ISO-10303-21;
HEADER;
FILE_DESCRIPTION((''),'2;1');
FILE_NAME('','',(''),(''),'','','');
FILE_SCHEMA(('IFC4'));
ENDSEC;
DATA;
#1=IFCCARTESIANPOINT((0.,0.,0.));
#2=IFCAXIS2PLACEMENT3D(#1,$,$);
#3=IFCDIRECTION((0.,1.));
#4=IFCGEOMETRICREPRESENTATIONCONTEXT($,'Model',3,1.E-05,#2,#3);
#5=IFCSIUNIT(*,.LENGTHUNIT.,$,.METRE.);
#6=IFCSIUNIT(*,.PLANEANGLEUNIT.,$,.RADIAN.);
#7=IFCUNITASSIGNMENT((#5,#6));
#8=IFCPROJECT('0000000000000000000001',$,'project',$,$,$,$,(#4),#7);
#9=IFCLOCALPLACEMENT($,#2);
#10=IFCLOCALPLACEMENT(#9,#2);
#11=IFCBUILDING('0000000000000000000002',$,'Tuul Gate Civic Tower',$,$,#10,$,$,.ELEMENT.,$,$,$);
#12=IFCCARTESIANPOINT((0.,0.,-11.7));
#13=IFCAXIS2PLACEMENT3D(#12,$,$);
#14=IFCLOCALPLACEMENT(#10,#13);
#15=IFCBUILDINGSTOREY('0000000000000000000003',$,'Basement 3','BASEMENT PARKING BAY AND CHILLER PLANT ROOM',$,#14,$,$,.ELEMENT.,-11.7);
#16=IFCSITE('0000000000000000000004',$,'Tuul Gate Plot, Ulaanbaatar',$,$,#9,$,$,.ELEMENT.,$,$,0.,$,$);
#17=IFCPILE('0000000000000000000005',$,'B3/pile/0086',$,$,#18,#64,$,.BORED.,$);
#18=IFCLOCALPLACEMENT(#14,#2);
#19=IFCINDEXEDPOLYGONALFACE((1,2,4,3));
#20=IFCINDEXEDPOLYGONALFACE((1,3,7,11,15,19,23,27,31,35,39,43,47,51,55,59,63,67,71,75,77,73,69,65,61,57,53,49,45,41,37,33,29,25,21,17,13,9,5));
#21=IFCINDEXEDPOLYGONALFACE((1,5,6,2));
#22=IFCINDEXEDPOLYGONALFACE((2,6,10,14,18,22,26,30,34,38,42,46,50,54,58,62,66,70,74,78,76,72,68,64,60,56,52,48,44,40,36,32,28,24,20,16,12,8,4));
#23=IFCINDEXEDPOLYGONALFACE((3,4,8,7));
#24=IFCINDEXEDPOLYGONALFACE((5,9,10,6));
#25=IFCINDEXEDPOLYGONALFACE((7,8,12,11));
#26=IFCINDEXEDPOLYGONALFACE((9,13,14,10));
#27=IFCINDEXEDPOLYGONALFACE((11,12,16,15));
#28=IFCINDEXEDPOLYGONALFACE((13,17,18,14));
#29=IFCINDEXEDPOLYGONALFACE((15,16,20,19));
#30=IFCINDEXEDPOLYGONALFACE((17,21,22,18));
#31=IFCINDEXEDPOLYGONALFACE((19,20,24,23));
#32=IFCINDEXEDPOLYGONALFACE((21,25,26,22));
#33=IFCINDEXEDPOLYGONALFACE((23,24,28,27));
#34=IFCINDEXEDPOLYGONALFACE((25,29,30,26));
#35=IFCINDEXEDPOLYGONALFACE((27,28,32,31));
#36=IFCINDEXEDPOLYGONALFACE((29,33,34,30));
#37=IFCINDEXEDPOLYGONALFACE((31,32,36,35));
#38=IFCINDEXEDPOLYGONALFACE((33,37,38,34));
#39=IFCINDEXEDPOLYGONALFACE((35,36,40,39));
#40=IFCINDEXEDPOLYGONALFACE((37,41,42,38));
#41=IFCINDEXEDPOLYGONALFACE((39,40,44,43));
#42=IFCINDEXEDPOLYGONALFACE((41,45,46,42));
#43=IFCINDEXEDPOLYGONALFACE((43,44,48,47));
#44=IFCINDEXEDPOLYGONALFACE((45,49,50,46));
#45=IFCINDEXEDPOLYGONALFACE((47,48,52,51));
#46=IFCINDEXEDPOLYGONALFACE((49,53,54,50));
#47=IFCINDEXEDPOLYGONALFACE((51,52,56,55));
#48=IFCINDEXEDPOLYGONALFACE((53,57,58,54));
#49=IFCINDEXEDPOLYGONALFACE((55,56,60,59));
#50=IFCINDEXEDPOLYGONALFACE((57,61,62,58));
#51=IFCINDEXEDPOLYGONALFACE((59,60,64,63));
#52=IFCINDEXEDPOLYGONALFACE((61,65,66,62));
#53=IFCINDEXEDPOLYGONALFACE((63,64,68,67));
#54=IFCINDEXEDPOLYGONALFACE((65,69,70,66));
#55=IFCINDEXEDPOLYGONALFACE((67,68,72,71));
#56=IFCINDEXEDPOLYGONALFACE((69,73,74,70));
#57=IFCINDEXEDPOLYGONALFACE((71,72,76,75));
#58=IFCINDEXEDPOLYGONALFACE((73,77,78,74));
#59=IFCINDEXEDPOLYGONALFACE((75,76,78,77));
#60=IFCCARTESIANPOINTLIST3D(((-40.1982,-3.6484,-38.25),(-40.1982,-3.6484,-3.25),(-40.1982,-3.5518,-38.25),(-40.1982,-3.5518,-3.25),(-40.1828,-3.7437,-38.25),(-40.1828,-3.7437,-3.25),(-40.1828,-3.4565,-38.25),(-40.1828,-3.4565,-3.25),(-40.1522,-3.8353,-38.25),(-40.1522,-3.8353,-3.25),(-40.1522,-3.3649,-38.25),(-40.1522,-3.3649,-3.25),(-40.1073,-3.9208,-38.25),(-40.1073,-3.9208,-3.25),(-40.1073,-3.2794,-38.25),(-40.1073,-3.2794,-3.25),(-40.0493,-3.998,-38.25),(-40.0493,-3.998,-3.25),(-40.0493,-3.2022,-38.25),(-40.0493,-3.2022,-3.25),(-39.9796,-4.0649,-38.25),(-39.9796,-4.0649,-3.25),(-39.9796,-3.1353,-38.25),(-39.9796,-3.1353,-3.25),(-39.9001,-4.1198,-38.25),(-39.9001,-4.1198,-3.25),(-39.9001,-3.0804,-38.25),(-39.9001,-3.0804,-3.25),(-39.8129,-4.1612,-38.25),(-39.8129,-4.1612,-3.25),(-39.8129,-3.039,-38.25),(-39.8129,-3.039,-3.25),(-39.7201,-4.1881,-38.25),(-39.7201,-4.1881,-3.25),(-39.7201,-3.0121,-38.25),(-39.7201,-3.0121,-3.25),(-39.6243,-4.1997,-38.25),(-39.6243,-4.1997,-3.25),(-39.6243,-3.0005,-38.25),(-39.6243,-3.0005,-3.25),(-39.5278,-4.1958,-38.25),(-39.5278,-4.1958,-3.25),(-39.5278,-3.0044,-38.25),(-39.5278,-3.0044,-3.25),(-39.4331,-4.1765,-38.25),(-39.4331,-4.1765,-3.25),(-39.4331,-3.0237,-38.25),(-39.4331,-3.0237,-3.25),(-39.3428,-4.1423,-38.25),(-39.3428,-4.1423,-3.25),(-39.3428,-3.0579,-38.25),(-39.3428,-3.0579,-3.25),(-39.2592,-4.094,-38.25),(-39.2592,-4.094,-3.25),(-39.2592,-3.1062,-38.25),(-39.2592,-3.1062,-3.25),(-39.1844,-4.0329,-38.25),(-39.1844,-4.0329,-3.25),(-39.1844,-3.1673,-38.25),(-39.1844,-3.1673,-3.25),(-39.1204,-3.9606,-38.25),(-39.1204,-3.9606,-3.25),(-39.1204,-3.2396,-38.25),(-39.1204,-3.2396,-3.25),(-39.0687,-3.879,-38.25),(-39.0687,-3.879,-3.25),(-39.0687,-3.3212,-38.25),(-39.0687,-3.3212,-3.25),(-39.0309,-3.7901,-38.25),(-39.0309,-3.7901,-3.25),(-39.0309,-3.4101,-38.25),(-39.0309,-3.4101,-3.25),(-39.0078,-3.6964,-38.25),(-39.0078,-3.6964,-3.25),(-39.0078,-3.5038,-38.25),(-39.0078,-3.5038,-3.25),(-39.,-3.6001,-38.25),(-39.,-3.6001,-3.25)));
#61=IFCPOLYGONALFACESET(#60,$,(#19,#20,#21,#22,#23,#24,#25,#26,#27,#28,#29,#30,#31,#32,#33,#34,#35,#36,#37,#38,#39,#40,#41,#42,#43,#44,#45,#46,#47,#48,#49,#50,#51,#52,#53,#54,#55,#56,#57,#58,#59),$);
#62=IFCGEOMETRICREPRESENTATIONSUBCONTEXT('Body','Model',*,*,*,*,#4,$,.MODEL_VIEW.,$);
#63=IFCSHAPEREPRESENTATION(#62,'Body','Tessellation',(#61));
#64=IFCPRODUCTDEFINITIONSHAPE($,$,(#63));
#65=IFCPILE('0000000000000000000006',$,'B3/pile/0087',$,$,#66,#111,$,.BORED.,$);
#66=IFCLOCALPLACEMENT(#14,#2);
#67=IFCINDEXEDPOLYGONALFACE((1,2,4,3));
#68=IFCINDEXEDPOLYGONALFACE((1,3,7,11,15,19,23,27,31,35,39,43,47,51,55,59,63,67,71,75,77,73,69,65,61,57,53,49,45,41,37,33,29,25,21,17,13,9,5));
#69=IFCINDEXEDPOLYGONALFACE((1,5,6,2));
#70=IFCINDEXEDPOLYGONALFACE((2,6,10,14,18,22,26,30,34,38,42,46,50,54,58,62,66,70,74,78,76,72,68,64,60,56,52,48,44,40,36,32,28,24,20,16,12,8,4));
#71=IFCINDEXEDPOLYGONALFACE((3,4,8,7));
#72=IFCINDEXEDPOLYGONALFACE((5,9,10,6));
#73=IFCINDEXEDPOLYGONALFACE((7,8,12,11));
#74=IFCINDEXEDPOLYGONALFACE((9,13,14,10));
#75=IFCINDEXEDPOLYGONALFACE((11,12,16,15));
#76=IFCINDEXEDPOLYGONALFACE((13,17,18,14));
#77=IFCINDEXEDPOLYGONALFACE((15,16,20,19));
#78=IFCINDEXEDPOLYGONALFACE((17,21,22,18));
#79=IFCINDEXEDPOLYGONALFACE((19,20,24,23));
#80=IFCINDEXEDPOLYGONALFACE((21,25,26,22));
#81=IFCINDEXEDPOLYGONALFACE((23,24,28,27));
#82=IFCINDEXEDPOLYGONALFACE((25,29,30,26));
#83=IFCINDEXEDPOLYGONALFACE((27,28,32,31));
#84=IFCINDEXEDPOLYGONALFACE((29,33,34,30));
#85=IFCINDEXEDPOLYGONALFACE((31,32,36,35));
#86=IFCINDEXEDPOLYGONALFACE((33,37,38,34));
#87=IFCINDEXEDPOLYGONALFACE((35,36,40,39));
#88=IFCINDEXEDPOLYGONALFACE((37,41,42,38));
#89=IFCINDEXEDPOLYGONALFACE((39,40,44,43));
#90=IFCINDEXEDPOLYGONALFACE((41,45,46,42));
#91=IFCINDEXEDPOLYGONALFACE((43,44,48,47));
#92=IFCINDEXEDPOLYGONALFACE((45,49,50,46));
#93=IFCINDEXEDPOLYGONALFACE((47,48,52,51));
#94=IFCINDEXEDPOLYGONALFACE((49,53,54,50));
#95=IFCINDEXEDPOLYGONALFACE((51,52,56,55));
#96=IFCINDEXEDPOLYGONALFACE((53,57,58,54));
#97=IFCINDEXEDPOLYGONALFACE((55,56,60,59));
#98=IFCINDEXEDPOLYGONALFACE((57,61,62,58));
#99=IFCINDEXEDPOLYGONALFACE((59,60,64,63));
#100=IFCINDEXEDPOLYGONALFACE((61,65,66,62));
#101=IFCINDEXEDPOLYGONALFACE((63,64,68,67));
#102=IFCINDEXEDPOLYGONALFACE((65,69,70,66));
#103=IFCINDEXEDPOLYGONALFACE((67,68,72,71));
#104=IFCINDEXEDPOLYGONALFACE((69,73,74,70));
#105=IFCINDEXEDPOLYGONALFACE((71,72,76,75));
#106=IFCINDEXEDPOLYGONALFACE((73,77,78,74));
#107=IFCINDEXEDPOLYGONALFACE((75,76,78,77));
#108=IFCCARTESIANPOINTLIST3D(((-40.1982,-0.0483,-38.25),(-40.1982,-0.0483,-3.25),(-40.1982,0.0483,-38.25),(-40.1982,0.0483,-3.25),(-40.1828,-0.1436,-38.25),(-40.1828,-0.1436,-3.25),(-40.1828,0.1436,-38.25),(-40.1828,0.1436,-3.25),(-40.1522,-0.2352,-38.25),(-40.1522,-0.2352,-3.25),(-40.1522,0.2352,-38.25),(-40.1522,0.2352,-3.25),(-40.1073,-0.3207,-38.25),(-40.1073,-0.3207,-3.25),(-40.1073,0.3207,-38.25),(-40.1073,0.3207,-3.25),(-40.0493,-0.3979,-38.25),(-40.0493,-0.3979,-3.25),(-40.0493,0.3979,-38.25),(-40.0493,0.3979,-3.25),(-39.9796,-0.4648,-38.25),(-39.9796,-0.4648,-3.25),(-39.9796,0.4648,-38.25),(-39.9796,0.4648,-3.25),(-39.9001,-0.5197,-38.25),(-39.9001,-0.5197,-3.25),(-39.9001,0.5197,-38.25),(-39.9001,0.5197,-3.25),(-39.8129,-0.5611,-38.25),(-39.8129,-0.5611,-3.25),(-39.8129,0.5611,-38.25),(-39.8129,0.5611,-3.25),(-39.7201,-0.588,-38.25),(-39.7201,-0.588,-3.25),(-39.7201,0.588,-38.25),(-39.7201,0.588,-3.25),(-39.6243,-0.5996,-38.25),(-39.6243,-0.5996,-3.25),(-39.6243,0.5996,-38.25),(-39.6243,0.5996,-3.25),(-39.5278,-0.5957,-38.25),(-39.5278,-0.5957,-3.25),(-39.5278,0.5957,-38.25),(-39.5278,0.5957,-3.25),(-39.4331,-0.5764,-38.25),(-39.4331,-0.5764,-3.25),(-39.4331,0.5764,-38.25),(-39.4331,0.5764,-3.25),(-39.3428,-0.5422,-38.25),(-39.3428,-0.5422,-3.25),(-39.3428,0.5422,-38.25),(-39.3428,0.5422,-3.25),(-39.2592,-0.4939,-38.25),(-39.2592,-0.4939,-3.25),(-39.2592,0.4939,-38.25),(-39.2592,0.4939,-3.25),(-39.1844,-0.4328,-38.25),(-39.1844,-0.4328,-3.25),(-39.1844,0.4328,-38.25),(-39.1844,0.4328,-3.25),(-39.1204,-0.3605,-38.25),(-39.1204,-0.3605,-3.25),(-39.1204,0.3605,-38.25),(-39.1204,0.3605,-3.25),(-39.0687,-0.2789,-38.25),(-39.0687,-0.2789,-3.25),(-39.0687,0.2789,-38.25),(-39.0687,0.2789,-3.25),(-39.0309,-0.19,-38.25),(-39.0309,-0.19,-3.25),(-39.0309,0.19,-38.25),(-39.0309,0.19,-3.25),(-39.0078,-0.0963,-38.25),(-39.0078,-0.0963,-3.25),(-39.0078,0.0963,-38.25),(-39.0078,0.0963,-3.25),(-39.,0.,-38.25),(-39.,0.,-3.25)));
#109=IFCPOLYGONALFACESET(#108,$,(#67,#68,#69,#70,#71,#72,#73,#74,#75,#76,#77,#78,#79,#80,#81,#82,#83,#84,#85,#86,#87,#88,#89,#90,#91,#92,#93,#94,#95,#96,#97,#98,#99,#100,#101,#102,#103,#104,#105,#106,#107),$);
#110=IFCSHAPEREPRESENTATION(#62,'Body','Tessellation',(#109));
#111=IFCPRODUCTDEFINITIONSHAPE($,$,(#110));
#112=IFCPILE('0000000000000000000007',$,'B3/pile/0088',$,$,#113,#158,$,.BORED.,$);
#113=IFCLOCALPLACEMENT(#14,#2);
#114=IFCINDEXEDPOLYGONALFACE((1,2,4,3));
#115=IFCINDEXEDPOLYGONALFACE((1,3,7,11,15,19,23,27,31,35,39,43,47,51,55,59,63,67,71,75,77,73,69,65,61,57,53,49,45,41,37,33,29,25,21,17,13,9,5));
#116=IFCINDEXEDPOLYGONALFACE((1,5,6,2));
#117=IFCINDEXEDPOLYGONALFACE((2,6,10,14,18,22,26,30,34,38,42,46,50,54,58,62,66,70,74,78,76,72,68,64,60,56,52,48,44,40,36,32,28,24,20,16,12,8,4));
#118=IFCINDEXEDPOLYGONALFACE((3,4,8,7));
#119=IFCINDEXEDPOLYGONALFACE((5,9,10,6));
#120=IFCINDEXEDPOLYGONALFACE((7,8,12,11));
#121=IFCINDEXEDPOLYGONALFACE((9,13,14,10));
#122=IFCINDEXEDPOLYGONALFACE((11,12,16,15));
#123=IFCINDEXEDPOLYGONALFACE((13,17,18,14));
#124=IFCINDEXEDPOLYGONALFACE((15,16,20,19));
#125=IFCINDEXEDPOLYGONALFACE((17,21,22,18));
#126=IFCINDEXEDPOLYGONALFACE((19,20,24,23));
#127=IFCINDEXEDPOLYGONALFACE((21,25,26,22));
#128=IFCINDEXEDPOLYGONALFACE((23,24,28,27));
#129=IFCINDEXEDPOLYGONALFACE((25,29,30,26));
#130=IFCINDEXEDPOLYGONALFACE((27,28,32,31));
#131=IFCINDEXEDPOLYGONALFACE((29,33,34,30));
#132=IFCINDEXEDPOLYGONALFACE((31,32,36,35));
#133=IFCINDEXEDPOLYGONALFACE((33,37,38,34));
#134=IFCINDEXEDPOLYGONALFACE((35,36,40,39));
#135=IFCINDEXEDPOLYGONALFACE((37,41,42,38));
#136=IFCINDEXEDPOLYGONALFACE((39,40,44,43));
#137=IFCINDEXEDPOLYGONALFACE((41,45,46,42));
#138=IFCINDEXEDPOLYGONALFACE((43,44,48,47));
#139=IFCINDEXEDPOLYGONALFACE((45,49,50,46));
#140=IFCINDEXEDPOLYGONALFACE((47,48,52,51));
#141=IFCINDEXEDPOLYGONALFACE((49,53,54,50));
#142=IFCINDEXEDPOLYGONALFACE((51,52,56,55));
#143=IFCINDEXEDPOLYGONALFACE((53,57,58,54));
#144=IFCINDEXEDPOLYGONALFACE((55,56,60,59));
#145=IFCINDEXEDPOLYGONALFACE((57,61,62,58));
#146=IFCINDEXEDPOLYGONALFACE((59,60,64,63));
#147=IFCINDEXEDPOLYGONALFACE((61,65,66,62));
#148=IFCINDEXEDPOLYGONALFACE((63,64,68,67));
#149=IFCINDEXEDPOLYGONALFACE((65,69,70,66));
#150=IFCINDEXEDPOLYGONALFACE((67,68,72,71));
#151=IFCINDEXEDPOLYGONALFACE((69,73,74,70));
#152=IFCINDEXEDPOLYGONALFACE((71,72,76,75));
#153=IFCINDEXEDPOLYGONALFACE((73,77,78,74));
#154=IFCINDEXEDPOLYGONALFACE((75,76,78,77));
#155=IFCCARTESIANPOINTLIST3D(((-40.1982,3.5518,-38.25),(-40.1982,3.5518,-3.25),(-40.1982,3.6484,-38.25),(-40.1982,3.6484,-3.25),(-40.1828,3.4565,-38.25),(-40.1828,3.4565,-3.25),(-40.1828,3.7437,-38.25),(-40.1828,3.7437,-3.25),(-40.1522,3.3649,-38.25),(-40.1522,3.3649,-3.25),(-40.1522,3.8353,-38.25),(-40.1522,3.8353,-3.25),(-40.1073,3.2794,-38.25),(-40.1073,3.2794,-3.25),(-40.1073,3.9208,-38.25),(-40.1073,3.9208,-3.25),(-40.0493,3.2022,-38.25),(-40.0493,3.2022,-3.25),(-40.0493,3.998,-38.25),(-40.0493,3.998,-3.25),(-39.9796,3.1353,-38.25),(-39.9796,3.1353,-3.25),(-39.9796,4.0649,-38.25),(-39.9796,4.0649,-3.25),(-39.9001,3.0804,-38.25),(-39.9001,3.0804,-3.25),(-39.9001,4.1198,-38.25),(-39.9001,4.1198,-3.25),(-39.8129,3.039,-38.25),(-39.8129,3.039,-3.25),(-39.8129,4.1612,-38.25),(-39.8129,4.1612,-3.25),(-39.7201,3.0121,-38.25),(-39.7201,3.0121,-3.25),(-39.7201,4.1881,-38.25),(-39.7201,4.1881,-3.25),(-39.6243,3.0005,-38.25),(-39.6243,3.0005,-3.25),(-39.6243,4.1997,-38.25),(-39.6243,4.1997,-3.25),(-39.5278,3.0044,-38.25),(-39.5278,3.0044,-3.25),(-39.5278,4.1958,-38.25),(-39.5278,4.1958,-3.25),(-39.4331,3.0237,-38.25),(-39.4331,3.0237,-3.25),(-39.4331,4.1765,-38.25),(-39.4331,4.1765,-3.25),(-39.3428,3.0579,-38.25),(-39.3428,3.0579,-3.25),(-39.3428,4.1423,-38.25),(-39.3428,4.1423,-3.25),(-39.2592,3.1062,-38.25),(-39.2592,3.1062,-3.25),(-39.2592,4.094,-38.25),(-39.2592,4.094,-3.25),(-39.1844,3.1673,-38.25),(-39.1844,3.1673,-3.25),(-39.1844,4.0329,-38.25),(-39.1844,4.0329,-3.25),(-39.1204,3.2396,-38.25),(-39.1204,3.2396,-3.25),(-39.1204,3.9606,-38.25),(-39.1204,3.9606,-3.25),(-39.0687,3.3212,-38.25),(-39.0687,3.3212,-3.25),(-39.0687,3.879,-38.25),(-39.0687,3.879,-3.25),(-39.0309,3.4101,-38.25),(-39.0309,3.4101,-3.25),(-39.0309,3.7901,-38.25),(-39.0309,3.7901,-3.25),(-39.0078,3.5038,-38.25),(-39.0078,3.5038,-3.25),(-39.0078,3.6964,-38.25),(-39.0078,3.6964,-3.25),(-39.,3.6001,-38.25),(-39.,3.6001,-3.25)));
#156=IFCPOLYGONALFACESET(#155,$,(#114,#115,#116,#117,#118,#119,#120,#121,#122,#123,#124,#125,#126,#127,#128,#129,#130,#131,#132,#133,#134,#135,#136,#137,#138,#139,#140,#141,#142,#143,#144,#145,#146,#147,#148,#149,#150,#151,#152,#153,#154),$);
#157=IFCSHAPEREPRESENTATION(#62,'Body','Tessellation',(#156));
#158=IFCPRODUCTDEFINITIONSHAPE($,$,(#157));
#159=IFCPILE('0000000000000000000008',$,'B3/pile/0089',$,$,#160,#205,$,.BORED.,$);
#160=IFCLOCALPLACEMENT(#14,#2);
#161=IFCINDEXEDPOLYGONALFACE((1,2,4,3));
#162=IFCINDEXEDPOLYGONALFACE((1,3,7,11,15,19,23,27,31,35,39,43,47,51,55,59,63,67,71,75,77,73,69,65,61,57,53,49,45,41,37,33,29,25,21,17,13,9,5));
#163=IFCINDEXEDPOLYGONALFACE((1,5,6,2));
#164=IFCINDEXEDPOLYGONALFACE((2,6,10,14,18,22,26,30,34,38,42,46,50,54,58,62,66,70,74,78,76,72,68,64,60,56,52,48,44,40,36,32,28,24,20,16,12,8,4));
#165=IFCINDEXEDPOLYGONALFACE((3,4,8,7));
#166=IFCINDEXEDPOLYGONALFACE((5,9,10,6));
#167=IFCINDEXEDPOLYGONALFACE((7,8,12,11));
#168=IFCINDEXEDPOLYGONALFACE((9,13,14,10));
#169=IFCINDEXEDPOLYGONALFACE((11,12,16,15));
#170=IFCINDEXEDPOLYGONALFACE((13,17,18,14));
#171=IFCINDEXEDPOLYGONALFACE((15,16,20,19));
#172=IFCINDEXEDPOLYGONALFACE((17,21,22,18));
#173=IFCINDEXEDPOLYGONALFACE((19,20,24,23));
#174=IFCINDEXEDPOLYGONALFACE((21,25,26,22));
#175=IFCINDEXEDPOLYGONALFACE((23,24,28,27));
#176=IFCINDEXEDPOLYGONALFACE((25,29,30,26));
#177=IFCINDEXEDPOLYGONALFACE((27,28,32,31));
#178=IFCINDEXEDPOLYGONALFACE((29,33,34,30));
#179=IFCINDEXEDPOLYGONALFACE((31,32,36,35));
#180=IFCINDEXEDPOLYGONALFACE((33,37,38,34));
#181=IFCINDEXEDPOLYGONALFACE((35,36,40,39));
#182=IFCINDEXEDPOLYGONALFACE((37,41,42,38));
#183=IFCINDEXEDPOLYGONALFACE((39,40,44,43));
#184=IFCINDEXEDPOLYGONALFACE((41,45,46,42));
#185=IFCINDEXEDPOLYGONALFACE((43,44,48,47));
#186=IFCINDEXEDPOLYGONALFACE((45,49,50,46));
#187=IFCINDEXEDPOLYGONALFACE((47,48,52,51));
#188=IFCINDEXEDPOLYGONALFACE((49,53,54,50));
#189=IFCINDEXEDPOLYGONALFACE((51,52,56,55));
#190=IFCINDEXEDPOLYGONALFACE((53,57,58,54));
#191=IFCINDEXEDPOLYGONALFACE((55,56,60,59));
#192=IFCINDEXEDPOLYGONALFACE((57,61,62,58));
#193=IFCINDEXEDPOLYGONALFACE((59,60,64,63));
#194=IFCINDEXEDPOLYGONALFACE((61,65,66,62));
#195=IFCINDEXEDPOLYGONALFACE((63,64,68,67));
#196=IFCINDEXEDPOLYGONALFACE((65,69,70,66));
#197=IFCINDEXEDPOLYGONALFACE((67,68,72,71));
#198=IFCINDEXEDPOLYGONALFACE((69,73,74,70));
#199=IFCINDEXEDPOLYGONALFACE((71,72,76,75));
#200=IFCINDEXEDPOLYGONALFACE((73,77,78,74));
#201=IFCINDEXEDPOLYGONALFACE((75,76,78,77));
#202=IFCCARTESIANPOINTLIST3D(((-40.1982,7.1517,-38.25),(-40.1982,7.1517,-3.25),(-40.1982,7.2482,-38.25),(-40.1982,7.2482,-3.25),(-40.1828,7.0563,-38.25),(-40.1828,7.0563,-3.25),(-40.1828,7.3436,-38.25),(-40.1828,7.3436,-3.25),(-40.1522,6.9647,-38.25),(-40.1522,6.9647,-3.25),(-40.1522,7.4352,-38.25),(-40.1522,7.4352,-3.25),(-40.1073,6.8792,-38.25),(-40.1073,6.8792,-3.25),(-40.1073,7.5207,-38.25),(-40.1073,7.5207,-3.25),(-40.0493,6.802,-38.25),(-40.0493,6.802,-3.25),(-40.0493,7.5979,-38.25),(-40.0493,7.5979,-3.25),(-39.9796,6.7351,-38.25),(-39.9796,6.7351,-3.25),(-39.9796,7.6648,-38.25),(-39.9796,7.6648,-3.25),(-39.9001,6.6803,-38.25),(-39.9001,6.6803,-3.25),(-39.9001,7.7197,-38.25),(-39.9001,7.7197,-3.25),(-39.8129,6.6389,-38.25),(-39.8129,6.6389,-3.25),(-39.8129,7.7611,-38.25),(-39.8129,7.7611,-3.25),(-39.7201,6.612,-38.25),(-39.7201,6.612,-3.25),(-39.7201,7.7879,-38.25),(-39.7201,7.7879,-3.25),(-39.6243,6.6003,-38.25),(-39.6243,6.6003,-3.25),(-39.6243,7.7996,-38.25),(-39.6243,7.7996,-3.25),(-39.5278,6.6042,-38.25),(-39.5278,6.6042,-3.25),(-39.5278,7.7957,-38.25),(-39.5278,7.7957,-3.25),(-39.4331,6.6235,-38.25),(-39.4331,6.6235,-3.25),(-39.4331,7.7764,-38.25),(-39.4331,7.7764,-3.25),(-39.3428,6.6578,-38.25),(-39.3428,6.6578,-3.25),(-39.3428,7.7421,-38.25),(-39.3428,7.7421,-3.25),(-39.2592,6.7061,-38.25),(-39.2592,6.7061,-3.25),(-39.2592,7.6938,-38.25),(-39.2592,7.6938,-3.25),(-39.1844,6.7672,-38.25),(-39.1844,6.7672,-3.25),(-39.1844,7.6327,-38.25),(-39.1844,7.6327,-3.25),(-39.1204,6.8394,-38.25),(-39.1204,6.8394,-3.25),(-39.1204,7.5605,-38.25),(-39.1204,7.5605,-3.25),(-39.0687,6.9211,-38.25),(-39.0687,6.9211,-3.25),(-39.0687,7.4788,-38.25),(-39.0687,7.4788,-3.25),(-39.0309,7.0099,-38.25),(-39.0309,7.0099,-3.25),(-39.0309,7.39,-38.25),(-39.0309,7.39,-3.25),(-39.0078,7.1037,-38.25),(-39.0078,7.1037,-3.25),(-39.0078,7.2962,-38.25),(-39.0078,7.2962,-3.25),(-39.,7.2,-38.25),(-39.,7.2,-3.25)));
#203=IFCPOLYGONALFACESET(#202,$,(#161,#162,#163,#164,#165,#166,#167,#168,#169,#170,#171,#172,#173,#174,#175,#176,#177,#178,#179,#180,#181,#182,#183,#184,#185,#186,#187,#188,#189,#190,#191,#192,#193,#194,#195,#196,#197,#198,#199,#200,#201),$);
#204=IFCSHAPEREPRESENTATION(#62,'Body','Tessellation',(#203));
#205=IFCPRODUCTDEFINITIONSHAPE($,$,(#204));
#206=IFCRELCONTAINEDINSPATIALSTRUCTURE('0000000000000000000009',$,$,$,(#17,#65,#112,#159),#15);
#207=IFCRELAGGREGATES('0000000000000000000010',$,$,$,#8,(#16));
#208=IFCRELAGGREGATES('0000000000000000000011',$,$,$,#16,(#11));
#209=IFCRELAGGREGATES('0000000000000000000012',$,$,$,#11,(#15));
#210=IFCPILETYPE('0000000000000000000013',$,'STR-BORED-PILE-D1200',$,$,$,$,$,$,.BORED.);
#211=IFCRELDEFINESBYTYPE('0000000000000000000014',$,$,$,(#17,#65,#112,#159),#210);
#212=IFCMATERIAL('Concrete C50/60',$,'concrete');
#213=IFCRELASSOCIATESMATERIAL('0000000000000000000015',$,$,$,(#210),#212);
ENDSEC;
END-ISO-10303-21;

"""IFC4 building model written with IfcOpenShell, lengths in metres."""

from ifc_helpers import new_model, si_unit, direction, frame, origin, origin_2d, place, context, subcontext, project, spatial, circle, extrude, material, material_profile, profile_set, type_object, element, save


model = new_model("IFC4")

# Units and contexts
model_context = context("Model", 3, precision=1e-05, world=origin(), true_north=direction((0.0, 1.0)))
body_context = subcontext(model_context, "Body", "Model", "MODEL_VIEW")
ifc_project = project(units=[si_unit("LENGTHUNIT", "METRE"), si_unit("PLANEANGLEUNIT", "RADIAN")], contexts=[model_context])

# Site, building, storey
site_placement = place(None, origin())
site = spatial("IfcSite", under=ifc_project, at=site_placement, Name="Tuul Gate Plot, Ulaanbaatar", CompositionType="ELEMENT", RefElevation=0.0)
building_placement = place(site_placement, origin())
building = spatial("IfcBuilding", under=site, at=building_placement, Name="Tuul Gate Civic Tower", CompositionType="ELEMENT")
storey_placement = place(building_placement, frame((0.0, 0.0, -11.7)))
storey = spatial("IfcBuildingStorey", under=building, at=storey_placement, Name="Basement 3", Description="BASEMENT PARKING BAY AND CHILLER PLANT ROOM", CompositionType="ELEMENT", Elevation=-11.7)

# Piles
ifc_material_1 = material(Name="Concrete C50/60", Category="concrete")
ifc_material_profile_1 = material_profile(ifc_material_1, circle(Radius=0.6001, at=origin_2d()), Name="PILE1200")
ifc_profile_set_1 = profile_set([ifc_material_profile_1], Name="Concrete C50/60")
pile_type = type_object("IfcPileType", Name="STR-BORED-PILE-D1200", PredefinedType="BORED", material=ifc_profile_set_1)
for number, where, z_axis, x_axis, name in (
    (1, (-39.6001, -3.6001, -3.25), (0.0, 0.0, -1.0), (1.0, 0.0, 0.0), "B3/pile/0086"),
    (2, (-39.6001, 0.0, -3.25), (0.0, 0.0, -1.0), (1.0, 0.0, 0.0), "B3/pile/0087"),
    (3, (-39.6001, 3.6001, -3.25), (0.0, 0.0, -1.0), (1.0, 0.0, 0.0), "B3/pile/0088"),
    (4, (-39.6001, 7.2, -3.25), (0.0, 0.0, -1.0), (1.0, 0.0, 0.0), "B3/pile/0089"),
):
    element("IfcPile", number, at=place(storey_placement, frame(where, z_axis=z_axis, x_axis=x_axis)), inside=storey, type_object=pile_type, Name=name, PredefinedType="BORED", context=body_context, shape_type="SweptSolid", body=[
        extrude(circle(Radius=0.6001, at=origin_2d()), origin(), (0.0, 0.0, 1.0), 35.0),
    ])

save(model, "model.ifc")
